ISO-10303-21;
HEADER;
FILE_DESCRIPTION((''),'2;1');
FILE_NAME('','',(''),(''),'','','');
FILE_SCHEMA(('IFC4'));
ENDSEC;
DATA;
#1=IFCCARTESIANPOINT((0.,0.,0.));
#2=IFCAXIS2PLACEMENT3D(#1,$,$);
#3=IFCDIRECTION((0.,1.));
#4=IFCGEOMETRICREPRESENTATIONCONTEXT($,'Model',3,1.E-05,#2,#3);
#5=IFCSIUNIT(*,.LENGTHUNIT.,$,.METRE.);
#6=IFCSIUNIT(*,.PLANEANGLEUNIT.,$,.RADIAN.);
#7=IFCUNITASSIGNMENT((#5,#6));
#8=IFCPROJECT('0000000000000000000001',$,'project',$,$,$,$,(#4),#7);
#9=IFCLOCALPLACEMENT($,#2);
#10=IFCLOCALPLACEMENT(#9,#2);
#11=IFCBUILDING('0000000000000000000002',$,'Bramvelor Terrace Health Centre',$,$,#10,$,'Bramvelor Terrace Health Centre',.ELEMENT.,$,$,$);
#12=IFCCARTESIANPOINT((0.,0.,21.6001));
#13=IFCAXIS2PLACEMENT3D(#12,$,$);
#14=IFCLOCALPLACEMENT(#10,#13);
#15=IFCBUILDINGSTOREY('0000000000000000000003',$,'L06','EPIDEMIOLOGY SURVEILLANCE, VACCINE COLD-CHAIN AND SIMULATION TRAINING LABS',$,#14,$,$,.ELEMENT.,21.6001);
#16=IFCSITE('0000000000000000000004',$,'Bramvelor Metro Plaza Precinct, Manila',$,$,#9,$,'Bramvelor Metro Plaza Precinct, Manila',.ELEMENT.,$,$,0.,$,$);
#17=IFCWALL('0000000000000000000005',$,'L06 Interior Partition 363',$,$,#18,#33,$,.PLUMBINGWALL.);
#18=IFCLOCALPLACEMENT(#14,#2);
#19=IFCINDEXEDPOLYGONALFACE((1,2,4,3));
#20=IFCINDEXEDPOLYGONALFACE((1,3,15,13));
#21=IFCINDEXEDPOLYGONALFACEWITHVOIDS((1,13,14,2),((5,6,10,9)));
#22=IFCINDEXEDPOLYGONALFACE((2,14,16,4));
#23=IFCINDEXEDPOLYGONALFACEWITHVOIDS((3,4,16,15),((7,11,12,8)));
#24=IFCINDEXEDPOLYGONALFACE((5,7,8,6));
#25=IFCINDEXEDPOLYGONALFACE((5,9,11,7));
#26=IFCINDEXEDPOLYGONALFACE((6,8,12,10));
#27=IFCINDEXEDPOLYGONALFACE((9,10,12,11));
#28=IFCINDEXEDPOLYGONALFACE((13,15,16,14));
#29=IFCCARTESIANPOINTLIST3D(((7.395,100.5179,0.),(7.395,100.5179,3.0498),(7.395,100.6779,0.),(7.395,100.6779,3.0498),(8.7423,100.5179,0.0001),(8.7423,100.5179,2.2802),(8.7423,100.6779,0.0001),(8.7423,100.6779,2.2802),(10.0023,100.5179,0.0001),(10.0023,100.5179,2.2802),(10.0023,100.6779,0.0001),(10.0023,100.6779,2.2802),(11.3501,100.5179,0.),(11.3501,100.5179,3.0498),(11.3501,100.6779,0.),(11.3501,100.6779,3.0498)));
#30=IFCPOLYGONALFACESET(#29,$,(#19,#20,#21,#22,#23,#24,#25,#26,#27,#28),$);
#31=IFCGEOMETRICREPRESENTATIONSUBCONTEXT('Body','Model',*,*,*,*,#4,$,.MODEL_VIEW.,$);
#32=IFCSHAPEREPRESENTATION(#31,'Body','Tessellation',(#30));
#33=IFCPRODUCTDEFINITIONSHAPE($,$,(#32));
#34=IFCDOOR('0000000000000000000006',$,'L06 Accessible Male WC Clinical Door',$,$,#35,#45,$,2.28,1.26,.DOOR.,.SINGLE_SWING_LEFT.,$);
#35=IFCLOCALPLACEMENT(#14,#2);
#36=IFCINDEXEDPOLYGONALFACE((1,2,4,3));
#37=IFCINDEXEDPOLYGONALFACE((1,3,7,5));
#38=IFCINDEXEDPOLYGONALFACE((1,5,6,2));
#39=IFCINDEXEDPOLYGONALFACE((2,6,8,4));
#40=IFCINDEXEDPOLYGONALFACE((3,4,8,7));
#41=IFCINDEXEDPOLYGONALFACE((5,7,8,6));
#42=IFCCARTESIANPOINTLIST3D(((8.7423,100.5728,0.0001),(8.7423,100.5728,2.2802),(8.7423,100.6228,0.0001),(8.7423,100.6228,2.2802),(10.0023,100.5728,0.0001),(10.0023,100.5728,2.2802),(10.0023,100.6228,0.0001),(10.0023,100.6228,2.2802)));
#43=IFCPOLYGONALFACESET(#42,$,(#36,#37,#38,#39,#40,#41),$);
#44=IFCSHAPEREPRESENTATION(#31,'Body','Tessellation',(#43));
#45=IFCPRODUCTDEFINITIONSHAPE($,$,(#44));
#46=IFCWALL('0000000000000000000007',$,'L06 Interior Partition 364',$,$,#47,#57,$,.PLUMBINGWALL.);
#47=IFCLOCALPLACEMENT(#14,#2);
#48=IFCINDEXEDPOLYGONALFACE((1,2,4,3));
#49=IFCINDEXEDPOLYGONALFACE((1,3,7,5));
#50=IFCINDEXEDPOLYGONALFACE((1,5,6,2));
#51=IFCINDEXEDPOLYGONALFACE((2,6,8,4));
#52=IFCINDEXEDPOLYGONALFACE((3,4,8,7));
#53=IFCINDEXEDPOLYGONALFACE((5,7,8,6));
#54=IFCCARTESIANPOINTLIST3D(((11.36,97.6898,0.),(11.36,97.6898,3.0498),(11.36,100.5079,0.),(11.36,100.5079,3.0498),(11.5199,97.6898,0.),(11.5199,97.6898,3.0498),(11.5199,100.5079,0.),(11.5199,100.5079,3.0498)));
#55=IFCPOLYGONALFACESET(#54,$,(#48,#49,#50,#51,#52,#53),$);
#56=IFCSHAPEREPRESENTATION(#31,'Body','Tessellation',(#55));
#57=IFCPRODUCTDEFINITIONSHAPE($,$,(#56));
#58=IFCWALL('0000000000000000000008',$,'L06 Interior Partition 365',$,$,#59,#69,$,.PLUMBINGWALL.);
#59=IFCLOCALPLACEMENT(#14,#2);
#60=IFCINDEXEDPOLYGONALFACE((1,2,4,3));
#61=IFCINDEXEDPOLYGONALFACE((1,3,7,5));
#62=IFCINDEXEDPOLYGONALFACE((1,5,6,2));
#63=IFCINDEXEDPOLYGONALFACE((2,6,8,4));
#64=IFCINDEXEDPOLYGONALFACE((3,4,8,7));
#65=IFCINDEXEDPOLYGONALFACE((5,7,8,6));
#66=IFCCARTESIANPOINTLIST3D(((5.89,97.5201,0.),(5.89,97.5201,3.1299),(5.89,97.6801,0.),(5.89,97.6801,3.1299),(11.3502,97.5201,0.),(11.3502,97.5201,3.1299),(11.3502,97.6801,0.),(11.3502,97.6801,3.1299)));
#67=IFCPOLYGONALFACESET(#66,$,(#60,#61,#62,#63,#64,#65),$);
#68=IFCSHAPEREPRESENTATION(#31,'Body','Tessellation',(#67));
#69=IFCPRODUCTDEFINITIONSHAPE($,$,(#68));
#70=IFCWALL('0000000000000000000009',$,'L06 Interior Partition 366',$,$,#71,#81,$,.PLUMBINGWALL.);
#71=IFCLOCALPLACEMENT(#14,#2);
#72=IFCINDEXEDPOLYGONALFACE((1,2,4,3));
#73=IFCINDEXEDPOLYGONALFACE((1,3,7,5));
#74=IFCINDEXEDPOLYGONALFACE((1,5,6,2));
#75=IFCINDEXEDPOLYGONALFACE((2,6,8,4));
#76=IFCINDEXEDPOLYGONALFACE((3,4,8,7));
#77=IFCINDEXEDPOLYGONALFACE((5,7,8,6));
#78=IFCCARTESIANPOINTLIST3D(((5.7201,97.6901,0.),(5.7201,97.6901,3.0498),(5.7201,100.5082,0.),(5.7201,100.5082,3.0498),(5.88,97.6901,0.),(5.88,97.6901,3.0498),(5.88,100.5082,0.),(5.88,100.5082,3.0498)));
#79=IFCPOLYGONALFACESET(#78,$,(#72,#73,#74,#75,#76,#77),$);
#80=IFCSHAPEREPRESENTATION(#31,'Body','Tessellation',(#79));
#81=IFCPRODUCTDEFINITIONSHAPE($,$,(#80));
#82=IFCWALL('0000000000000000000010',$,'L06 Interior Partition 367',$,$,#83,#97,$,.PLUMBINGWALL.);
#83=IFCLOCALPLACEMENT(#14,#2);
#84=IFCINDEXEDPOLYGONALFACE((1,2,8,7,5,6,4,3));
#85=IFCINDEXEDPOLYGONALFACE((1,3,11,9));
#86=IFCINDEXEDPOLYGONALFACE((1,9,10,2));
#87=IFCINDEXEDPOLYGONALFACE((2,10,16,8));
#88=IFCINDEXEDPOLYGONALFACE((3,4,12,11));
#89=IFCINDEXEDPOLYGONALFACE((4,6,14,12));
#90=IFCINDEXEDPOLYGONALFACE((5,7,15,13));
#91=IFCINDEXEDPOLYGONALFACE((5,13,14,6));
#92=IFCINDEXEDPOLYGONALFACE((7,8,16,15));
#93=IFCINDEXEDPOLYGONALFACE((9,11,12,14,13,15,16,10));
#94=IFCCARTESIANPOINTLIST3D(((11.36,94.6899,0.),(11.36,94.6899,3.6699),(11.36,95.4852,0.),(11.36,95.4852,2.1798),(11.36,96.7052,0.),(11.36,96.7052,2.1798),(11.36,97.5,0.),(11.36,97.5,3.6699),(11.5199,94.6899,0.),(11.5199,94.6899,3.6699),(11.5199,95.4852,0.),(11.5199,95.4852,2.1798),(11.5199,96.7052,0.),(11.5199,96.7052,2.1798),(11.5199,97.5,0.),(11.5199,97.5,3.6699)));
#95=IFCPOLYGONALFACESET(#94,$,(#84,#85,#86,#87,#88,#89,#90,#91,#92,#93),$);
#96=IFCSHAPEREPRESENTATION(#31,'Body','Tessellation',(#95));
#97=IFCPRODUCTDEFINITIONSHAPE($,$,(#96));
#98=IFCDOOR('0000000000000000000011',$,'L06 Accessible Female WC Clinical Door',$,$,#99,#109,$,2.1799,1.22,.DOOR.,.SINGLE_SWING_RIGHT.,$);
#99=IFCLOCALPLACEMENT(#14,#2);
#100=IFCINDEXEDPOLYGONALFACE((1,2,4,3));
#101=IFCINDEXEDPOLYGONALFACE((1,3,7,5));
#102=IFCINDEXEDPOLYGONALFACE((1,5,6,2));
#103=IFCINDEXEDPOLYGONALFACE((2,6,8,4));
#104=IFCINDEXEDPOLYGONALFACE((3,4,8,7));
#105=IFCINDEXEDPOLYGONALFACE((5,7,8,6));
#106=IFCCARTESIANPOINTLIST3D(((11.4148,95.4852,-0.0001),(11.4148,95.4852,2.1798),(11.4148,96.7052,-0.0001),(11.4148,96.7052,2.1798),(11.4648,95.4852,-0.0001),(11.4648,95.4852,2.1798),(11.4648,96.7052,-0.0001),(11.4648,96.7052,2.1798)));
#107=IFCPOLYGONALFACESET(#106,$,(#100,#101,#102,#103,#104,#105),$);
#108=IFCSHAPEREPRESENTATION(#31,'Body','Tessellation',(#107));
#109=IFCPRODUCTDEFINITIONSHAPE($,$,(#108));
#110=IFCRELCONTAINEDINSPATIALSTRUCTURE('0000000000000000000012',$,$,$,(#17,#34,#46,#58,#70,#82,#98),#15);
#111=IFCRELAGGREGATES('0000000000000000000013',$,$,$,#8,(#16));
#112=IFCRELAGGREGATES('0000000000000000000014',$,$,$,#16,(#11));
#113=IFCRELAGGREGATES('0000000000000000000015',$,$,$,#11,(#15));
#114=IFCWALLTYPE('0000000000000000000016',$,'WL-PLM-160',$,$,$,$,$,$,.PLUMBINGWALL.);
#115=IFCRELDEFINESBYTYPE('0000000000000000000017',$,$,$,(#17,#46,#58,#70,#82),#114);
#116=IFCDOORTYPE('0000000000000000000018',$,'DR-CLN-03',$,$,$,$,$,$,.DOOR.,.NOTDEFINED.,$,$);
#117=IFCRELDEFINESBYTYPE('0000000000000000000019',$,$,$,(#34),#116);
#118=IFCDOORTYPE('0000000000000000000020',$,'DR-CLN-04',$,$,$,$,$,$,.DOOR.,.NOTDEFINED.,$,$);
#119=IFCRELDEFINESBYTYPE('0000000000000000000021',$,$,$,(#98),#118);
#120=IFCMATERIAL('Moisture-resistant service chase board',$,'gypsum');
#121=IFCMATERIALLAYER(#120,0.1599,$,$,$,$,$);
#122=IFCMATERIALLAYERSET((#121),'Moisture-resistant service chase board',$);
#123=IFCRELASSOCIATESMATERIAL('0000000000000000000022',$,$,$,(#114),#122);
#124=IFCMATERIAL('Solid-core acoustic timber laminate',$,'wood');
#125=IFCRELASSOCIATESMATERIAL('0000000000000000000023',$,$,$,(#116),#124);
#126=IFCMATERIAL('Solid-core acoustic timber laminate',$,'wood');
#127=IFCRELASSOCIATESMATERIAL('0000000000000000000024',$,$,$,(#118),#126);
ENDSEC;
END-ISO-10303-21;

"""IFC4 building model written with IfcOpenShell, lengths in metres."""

from ifc_helpers import new_model, si_unit, direction, frame, frame_2d, origin, place, context, subcontext, project, spatial, rectangle, extrude, material, layer, layer_set, type_object, element, fill, save


model = new_model("IFC4")

# Units and contexts
model_context = context("Model", 3, precision=1e-05, world=origin(), true_north=direction((0.0, 1.0)))
body_context = subcontext(model_context, "Body", "Model", "MODEL_VIEW")
ifc_project = project(units=[si_unit("LENGTHUNIT", "METRE"), si_unit("PLANEANGLEUNIT", "RADIAN")], contexts=[model_context])

# Site, building, storey
site_placement = place(None, origin())
site = spatial("IfcSite", under=ifc_project, at=site_placement, Name="Bramvelor Metro Plaza Precinct, Manila", LongName="Bramvelor Metro Plaza Precinct, Manila", CompositionType="ELEMENT", RefElevation=0.0)
building_placement = place(site_placement, origin())
building = spatial("IfcBuilding", under=site, at=building_placement, Name="Bramvelor Terrace Health Centre", LongName="Bramvelor Terrace Health Centre", CompositionType="ELEMENT")
storey_placement = place(building_placement, frame((0.0, 0.0, 21.6001)))
storey = spatial("IfcBuildingStorey", under=building, at=storey_placement, Name="L06", Description="EPIDEMIOLOGY SURVEILLANCE, VACCINE COLD-CHAIN AND SIMULATION TRAINING LABS", CompositionType="ELEMENT", Elevation=21.6001)

# Shared definitions
ifc_material_1 = material(Name="Moisture-resistant service chase board", Category="gypsum")
ifc_layer_1 = layer(ifc_material_1, 0.1599)
ifc_layer_set_1 = layer_set([ifc_layer_1], Name="Moisture-resistant service chase board")
wall_type_1 = type_object("IfcWallType", Name="WL-PLM-160", PredefinedType="PLUMBINGWALL", material=ifc_layer_set_1)

# Wall, opening, door
wall_1_placement = place(storey_placement, frame((7.395, 100.5979, 0.0), z_axis=(0.0, 0.0, 1.0), x_axis=(1.0, 0.0, 0.0)))
wall_1 = element("IfcWall", 1, at=wall_1_placement, inside=storey, type_object=wall_type_1, Name="L06 Interior Partition 363", PredefinedType="PLUMBINGWALL", context=body_context, shape_type="SweptSolid", body=[
    extrude(rectangle(XDim=3.9551, YDim=0.1599, at=frame_2d((1.9775, 0.0))), origin(), (0.0, 0.0, 1.0), 3.0498),
])
opening_1_placement = place(wall_1_placement, frame((1.3474, 0.0, 0.0)))
opening_1 = element("IfcOpeningElement", 2, at=opening_1_placement, cuts=wall_1, PredefinedType="OPENING", context=body_context, shape_type="SweptSolid", body=[
    extrude(rectangle(XDim=1.26, YDim=2.28, at=frame_2d((0.6299, 1.1401))), frame((0.0, 0.0898, 0.0), z_axis=(0.0, -1.0, 0.0), x_axis=(1.0, 0.0, 0.0)), (0.0, 0.0, 1.0), 0.1799),
])
ifc_material_2 = material(Name="Solid-core acoustic timber laminate", Category="wood")
door_type_1 = type_object("IfcDoorType", Name="DR-CLN-03", OperationType="NOTDEFINED", PredefinedType="DOOR", material=ifc_material_2)
door_1_placement = place(opening_1_placement, origin())
door_1 = element("IfcDoor", 3, at=door_1_placement, inside=storey, type_object=door_type_1, Name="L06 Accessible Male WC Clinical Door", OperationType="SINGLE_SWING_LEFT", OverallHeight=2.28, OverallWidth=1.26, PredefinedType="DOOR", context=body_context, shape_type="SweptSolid", body=[
    extrude(rectangle(XDim=1.26, YDim=2.28, at=frame_2d((0.6299, 1.1401))), frame((0.0, 0.0249, 0.0), z_axis=(0.0, -1.0, 0.0), x_axis=(1.0, 0.0, 0.0)), (0.0, 0.0, 1.0), 0.05),
])
fill(opening_1, door_1)

# Walls
wall_2_placement = place(storey_placement, frame((11.4399, 100.5081, 0.0), z_axis=(0.0, 0.0, 1.0), x_axis=(0.0, -1.0, 0.0)))
element("IfcWall", 4, at=wall_2_placement, inside=storey, type_object=wall_type_1, Name="L06 Interior Partition 364", PredefinedType="PLUMBINGWALL", context=body_context, shape_type="SweptSolid", body=[
    extrude(rectangle(XDim=2.8181, YDim=0.1599, at=frame_2d((1.4092, 0.0))), origin(), (0.0, 0.0, 1.0), 3.0498),
])
wall_3_placement = place(storey_placement, frame((11.3501, 97.6001, 0.0), z_axis=(0.0, 0.0, 1.0), x_axis=(-1.0, 0.0, 0.0)))
element("IfcWall", 5, at=wall_3_placement, inside=storey, type_object=wall_type_1, Name="L06 Interior Partition 365", PredefinedType="PLUMBINGWALL", context=body_context, shape_type="SweptSolid", body=[
    extrude(rectangle(XDim=5.4602, YDim=0.1599, at=frame_2d((2.73, 0.0))), origin(), (0.0, 0.0, 1.0), 3.1299),
])
wall_4_placement = place(storey_placement, frame((5.8, 97.6899, 0.0), z_axis=(0.0, 0.0, 1.0), x_axis=(0.0, 1.0, 0.0)))
element("IfcWall", 6, at=wall_4_placement, inside=storey, type_object=wall_type_1, Name="L06 Interior Partition 366", PredefinedType="PLUMBINGWALL", context=body_context, shape_type="SweptSolid", body=[
    extrude(rectangle(XDim=2.8181, YDim=0.1599, at=frame_2d((1.4092, 0.0))), origin(), (0.0, 0.0, 1.0), 3.0498),
])

# Wall, opening, door
wall_5_placement = place(storey_placement, frame((11.4399, 97.5, 0.0), z_axis=(0.0, 0.0, 1.0), x_axis=(0.0, -1.0, 0.0)))
wall_5 = element("IfcWall", 7, at=wall_5_placement, inside=storey, type_object=wall_type_1, Name="L06 Interior Partition 367", PredefinedType="PLUMBINGWALL", context=body_context, shape_type="SweptSolid", body=[
    extrude(rectangle(XDim=2.8101, YDim=0.1599, at=frame_2d((1.405, 0.0))), origin(), (0.0, 0.0, 1.0), 3.6699),
])
opening_2_placement = place(wall_5_placement, frame((0.7949, 0.0, 0.0)))
opening_2 = element("IfcOpeningElement", 8, at=opening_2_placement, cuts=wall_5, PredefinedType="OPENING", context=body_context, shape_type="SweptSolid", body=[
    extrude(rectangle(XDim=1.22, YDim=2.1799, at=frame_2d((0.6099, 1.0898))), frame((0.0, 0.0898, 0.0), z_axis=(0.0, -1.0, 0.0), x_axis=(1.0, 0.0, 0.0)), (0.0, 0.0, 1.0), 0.1799),
])
ifc_material_3 = material(Name="Solid-core acoustic timber laminate", Category="wood")
door_type_2 = type_object("IfcDoorType", Name="DR-CLN-04", OperationType="NOTDEFINED", PredefinedType="DOOR", material=ifc_material_3)
door_2_placement = place(opening_2_placement, origin())
door_2 = element("IfcDoor", 9, at=door_2_placement, inside=storey, type_object=door_type_2, Name="L06 Accessible Female WC Clinical Door", OperationType="SINGLE_SWING_RIGHT", OverallHeight=2.1799, OverallWidth=1.22, PredefinedType="DOOR", context=body_context, shape_type="SweptSolid", body=[
    extrude(rectangle(XDim=1.22, YDim=2.1799, at=frame_2d((0.6099, 1.0898))), frame((0.0, 0.0249, 0.0), z_axis=(0.0, -1.0, 0.0), x_axis=(1.0, 0.0, 0.0)), (0.0, 0.0, 1.0), 0.05),
])
fill(opening_2, door_2)

save(model, "model.ifc")
